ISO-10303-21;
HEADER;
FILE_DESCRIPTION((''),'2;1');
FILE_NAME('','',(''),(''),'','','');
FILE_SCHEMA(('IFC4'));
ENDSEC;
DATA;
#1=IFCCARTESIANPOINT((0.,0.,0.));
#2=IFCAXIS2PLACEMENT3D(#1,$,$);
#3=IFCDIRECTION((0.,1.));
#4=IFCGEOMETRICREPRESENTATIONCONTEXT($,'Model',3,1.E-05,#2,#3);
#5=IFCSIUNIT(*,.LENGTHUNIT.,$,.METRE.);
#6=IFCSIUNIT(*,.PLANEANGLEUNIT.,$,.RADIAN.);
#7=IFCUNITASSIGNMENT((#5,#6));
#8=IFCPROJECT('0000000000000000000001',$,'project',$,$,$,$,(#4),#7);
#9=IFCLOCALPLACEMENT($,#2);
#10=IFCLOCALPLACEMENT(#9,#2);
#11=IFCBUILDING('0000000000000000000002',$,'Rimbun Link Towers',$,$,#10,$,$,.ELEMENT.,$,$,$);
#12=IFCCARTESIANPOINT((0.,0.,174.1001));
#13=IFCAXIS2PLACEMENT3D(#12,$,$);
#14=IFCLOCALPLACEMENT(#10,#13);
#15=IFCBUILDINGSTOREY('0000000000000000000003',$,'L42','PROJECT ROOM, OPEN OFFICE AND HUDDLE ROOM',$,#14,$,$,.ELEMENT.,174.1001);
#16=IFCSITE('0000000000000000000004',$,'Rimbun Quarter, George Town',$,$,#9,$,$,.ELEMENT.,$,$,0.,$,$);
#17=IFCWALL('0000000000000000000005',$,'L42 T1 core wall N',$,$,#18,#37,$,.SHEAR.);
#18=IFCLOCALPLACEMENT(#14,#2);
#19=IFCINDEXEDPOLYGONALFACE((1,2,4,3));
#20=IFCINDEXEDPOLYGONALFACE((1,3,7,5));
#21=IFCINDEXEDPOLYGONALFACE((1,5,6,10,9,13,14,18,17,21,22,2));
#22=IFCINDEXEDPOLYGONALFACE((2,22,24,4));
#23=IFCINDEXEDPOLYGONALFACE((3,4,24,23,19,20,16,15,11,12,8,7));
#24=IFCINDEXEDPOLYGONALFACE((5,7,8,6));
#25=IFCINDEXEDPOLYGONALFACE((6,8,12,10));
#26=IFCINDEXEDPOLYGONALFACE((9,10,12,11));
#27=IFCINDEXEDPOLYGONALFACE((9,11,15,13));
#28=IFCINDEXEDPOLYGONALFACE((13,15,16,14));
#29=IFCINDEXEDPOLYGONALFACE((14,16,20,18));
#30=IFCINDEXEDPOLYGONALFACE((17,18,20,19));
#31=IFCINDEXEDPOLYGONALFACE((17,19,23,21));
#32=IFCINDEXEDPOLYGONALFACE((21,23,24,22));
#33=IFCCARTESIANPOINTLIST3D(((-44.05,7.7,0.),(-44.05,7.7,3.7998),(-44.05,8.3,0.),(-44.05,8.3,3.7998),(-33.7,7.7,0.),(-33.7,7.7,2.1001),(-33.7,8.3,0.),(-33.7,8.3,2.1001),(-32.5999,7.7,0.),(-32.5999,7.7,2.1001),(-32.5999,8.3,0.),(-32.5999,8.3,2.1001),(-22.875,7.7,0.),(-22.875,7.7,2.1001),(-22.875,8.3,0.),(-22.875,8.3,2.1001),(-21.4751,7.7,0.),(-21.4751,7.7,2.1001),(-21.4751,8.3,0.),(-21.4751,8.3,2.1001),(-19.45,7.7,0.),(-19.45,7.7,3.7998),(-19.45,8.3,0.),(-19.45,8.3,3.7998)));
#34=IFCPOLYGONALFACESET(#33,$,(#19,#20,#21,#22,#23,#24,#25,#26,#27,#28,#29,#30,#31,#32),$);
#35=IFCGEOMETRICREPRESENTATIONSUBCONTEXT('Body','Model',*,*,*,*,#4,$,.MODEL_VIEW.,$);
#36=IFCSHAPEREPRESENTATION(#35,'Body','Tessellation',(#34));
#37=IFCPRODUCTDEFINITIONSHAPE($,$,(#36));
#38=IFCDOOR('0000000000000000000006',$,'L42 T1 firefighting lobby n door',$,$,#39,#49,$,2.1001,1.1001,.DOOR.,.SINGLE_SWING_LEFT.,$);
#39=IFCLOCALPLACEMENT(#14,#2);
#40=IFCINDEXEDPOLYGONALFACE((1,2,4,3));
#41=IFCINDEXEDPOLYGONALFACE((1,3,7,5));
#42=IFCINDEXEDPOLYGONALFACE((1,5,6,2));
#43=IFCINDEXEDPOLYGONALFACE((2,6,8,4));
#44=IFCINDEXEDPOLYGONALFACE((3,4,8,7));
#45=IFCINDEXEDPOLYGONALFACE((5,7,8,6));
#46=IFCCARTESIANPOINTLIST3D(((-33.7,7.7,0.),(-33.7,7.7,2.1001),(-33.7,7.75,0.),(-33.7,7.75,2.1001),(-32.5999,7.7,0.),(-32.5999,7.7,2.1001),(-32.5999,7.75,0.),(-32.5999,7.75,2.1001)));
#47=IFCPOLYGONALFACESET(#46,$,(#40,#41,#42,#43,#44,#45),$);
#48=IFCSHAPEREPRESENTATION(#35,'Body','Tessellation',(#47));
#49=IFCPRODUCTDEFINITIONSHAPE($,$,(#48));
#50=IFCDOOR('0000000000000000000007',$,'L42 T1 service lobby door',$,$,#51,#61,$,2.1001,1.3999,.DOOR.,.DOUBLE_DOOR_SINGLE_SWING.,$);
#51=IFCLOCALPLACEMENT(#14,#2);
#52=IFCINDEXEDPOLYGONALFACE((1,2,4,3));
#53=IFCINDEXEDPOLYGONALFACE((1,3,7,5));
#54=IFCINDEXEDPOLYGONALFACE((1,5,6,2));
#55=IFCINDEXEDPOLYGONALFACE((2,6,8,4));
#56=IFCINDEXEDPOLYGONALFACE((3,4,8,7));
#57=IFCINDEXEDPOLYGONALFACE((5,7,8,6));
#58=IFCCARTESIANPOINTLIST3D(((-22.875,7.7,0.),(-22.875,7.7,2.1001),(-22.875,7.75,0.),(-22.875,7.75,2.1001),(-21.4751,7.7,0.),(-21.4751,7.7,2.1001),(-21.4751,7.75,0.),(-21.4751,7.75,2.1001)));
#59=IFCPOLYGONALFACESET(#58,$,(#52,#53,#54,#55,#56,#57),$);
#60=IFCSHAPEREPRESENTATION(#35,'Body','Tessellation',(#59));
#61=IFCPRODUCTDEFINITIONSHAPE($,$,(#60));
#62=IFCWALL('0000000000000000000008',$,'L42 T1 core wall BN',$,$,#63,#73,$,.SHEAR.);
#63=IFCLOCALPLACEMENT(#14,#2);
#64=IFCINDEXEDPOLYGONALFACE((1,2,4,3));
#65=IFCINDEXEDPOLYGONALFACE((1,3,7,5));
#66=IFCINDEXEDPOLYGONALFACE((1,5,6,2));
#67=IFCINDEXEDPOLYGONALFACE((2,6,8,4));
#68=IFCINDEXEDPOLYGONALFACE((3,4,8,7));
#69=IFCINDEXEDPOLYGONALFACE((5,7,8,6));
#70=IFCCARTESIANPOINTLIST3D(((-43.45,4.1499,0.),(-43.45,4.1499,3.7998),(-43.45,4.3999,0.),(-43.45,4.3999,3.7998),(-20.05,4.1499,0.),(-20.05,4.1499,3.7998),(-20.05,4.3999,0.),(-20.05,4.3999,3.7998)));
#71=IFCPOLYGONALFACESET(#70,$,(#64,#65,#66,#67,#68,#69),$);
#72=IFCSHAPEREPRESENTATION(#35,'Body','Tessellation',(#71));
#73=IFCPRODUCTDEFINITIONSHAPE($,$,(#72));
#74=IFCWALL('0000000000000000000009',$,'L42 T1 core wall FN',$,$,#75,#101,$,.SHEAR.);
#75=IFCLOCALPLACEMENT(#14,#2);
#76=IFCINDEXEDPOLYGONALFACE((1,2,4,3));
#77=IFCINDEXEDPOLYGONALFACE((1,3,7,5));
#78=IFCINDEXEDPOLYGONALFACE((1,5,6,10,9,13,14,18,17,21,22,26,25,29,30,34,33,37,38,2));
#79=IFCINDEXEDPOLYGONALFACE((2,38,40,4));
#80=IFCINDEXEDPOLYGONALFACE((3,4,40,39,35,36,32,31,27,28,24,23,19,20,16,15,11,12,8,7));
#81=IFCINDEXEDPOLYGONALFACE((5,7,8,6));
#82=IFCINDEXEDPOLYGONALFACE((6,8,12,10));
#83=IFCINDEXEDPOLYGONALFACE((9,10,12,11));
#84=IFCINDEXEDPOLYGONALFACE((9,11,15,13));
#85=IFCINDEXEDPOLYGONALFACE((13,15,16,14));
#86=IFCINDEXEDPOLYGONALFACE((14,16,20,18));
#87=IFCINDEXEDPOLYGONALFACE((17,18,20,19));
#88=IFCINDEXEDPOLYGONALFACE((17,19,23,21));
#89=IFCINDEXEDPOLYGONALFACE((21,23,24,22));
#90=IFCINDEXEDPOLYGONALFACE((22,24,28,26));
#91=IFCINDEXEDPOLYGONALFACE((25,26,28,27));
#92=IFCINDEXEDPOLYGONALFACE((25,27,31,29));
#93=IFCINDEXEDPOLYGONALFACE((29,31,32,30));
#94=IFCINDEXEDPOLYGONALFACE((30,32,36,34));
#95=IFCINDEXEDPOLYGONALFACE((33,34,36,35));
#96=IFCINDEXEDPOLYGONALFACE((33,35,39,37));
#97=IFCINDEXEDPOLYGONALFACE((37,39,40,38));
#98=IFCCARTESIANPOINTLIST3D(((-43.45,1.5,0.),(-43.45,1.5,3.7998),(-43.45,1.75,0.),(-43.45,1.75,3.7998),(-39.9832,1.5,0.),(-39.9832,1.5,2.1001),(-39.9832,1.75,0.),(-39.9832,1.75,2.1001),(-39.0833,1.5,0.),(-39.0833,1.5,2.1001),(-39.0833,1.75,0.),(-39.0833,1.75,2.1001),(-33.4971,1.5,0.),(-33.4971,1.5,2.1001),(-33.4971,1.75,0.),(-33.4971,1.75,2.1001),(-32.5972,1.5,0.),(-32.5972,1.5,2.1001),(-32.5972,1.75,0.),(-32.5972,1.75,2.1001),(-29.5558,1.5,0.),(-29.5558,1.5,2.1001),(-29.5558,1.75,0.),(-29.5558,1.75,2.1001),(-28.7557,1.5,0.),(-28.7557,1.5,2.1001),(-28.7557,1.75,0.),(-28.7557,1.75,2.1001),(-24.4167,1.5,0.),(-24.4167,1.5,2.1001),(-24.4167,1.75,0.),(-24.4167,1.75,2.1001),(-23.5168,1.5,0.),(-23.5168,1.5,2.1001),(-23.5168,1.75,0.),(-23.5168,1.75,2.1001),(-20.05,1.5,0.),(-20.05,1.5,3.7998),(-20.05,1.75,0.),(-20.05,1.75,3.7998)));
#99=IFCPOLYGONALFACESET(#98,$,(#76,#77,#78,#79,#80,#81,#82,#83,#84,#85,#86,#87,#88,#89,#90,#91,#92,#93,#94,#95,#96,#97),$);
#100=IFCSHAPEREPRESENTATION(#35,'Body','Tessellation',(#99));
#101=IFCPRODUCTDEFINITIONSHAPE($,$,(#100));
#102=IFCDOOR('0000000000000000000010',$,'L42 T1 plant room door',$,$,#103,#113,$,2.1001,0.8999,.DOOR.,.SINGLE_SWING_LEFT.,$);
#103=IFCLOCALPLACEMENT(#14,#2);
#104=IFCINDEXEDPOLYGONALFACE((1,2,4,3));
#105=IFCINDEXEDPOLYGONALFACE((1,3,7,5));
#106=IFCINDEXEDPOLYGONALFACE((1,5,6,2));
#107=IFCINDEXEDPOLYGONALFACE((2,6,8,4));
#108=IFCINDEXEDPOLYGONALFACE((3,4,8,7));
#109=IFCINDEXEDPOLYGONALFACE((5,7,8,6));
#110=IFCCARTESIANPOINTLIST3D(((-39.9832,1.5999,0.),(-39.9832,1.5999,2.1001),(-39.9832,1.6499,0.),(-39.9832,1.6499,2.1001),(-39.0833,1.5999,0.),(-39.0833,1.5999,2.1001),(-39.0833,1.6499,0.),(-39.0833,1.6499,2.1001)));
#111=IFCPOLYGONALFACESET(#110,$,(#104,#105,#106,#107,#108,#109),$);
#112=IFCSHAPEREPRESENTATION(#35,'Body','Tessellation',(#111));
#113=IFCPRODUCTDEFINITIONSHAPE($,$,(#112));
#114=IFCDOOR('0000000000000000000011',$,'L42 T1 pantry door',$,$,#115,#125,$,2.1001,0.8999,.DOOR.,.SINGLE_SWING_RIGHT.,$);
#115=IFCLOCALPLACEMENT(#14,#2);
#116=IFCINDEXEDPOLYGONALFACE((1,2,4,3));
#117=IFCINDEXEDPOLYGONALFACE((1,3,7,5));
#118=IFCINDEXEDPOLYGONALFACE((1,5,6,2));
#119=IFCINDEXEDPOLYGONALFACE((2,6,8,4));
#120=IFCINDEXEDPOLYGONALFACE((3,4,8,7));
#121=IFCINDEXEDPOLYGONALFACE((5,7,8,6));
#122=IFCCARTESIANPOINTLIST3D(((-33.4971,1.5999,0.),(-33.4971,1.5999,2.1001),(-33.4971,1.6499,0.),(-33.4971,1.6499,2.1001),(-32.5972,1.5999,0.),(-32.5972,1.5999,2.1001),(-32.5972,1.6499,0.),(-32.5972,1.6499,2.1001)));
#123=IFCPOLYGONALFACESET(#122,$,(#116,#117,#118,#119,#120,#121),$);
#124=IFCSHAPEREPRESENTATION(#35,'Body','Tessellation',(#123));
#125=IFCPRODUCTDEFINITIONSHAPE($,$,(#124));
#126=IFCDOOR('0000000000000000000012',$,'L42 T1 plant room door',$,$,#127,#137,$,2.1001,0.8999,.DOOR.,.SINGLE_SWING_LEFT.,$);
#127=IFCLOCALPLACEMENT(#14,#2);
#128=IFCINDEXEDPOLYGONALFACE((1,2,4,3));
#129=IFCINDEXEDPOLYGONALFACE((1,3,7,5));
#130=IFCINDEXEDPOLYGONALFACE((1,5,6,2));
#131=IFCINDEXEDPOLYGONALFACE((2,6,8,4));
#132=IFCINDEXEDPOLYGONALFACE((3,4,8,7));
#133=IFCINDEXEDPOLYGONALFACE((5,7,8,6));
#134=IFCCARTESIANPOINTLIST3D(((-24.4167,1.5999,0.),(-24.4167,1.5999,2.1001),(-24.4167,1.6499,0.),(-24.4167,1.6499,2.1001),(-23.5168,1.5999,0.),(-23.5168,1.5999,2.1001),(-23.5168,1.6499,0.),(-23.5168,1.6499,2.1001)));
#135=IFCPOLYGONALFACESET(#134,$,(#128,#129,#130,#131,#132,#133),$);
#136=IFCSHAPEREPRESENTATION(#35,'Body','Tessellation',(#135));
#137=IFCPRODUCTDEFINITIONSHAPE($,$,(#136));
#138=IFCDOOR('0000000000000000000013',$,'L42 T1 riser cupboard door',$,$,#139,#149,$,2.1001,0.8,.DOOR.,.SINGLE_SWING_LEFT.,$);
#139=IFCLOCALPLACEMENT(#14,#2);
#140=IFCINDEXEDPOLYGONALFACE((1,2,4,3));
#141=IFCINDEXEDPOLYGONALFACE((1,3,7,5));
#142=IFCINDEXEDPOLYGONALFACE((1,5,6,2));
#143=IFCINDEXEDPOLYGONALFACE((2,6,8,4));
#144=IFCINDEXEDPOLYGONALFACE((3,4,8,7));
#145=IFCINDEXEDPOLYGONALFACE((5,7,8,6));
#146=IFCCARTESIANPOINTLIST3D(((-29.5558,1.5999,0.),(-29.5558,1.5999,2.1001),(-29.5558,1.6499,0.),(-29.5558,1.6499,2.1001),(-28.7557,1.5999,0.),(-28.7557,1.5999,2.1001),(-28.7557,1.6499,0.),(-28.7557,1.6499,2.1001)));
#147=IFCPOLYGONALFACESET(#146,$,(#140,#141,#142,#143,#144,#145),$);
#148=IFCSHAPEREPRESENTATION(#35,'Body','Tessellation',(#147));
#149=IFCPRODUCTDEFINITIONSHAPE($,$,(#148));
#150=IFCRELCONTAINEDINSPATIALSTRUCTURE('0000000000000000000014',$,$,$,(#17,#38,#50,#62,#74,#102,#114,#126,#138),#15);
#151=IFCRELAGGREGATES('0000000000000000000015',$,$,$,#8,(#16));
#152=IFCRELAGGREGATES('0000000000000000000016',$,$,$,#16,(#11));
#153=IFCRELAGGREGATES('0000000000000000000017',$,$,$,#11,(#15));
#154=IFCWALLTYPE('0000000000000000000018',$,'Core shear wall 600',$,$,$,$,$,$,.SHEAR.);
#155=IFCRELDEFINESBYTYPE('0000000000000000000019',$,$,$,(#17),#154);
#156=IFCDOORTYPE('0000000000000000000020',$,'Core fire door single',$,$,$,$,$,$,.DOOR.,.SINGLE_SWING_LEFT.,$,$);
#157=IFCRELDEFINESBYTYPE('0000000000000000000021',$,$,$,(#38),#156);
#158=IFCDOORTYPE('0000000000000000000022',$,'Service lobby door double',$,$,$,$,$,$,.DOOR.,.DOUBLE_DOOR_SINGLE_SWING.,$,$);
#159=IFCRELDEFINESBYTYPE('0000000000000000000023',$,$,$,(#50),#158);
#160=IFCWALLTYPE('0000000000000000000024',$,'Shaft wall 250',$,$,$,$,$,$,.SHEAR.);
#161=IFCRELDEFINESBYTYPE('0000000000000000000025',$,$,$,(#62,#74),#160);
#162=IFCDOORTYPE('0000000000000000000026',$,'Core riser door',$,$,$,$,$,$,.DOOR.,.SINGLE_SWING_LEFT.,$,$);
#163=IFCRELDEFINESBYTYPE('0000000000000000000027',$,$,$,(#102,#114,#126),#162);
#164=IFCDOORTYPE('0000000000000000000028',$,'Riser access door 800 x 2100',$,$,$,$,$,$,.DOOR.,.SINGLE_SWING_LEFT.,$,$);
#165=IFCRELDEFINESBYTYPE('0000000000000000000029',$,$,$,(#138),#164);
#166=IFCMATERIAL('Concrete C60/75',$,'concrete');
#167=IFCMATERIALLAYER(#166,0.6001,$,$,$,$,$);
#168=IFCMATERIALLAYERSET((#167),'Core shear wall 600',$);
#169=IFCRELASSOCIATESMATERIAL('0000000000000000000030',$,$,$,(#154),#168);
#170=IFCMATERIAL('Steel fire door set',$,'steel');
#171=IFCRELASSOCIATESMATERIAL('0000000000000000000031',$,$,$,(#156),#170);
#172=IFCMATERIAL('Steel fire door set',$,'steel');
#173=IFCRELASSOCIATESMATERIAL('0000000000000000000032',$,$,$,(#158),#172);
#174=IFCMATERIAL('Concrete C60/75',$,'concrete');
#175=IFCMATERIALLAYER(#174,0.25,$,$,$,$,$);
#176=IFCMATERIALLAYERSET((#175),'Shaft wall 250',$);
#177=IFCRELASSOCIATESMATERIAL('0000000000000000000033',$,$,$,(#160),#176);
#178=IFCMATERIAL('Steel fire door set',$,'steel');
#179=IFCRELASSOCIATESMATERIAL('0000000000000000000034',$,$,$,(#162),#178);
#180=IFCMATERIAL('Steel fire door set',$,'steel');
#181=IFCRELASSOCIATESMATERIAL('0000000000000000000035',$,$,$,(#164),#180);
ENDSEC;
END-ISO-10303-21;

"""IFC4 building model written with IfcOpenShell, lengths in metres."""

from ifc_helpers import new_model, si_unit, direction, frame, frame_2d, origin, place, context, subcontext, project, spatial, rectangle, extrude, material, layer, layer_set, type_object, element, fill, save


model = new_model("IFC4")

# Units and contexts
model_context = context("Model", 3, precision=1e-05, world=origin(), true_north=direction((0.0, 1.0)))
body_context = subcontext(model_context, "Body", "Model", "MODEL_VIEW")
ifc_project = project(units=[si_unit("LENGTHUNIT", "METRE"), si_unit("PLANEANGLEUNIT", "RADIAN")], contexts=[model_context])

# Site, building, storey
site_placement = place(None, origin())
site = spatial("IfcSite", under=ifc_project, at=site_placement, Name="Rimbun Quarter, George Town", CompositionType="ELEMENT", RefElevation=0.0)
building_placement = place(site_placement, origin())
building = spatial("IfcBuilding", under=site, at=building_placement, Name="Rimbun Link Towers", CompositionType="ELEMENT")
storey_placement = place(building_placement, frame((0.0, 0.0, 174.1001)))
storey = spatial("IfcBuildingStorey", under=building, at=storey_placement, Name="L42", Description="PROJECT ROOM, OPEN OFFICE AND HUDDLE ROOM", CompositionType="ELEMENT", Elevation=174.1001)

# Wall, openings, doors
ifc_material_1 = material(Name="Concrete C60/75", Category="concrete")
ifc_layer_1 = layer(ifc_material_1, 0.6001)
ifc_layer_set_1 = layer_set([ifc_layer_1], Name="Core shear wall 600")
wall_type_1 = type_object("IfcWallType", Name="Core shear wall 600", PredefinedType="SHEAR", material=ifc_layer_set_1)
wall_1_placement = place(storey_placement, frame((-44.05, 8.0, 0.0), z_axis=(0.0, 0.0, 1.0), x_axis=(1.0, 0.0, 0.0)))
wall_1 = element("IfcWall", 1, at=wall_1_placement, inside=storey, type_object=wall_type_1, Name="L42 T1 core wall N", PredefinedType="SHEAR", context=body_context, shape_type="SweptSolid", body=[
    extrude(rectangle(XDim=24.6001, YDim=0.6001, at=frame_2d((12.3, 0.0))), origin(), (0.0, 0.0, 1.0), 3.7998),
])
opening_1_placement = place(wall_1_placement, frame((10.3501, 0.0, 0.0)))
opening_1 = element("IfcOpeningElement", 2, at=opening_1_placement, cuts=wall_1, PredefinedType="OPENING", context=body_context, shape_type="SweptSolid", body=[
    extrude(rectangle(XDim=1.1001, YDim=2.1001, at=frame_2d((0.55, 1.05))), frame((0.0, 0.3101, 0.0), z_axis=(0.0, -1.0, 0.0), x_axis=(1.0, 0.0, 0.0)), (0.0, 0.0, 1.0), 0.6201),
])
opening_2_placement = place(wall_1_placement, frame((21.175, 0.0, 0.0)))
opening_2 = element("IfcOpeningElement", 3, at=opening_2_placement, cuts=wall_1, PredefinedType="OPENING", context=body_context, shape_type="SweptSolid", body=[
    extrude(rectangle(XDim=1.3999, YDim=2.1001, at=frame_2d((0.7, 1.05))), frame((0.0, 0.3101, 0.0), z_axis=(0.0, -1.0, 0.0), x_axis=(1.0, 0.0, 0.0)), (0.0, 0.0, 1.0), 0.6201),
])
ifc_material_2 = material(Name="Steel fire door set", Category="steel")
door_type_1 = type_object("IfcDoorType", Name="Core fire door single", OperationType="SINGLE_SWING_LEFT", PredefinedType="DOOR", material=ifc_material_2)
door_1_placement = place(opening_1_placement, origin())
door_1 = element("IfcDoor", 4, at=door_1_placement, inside=storey, type_object=door_type_1, Name="L42 T1 firefighting lobby n door", OperationType="SINGLE_SWING_LEFT", OverallHeight=2.1001, OverallWidth=1.1001, PredefinedType="DOOR", context=body_context, shape_type="SweptSolid", body=[
    extrude(rectangle(XDim=1.1001, YDim=2.1001, at=frame_2d((0.55, 1.05))), frame((0.0, -0.25, 0.0), z_axis=(0.0, -1.0, 0.0), x_axis=(1.0, 0.0, 0.0)), (0.0, 0.0, 1.0), 0.05),
])
fill(opening_1, door_1)
ifc_material_3 = material(Name="Steel fire door set", Category="steel")
door_type_2 = type_object("IfcDoorType", Name="Service lobby door double", OperationType="DOUBLE_DOOR_SINGLE_SWING", PredefinedType="DOOR", material=ifc_material_3)
door_2_placement = place(opening_2_placement, origin())
door_2 = element("IfcDoor", 5, at=door_2_placement, inside=storey, type_object=door_type_2, Name="L42 T1 service lobby door", OperationType="DOUBLE_DOOR_SINGLE_SWING", OverallHeight=2.1001, OverallWidth=1.3999, PredefinedType="DOOR", context=body_context, shape_type="SweptSolid", body=[
    extrude(rectangle(XDim=1.3999, YDim=2.1001, at=frame_2d((0.7, 1.05))), frame((0.0, -0.25, 0.0), z_axis=(0.0, -1.0, 0.0), x_axis=(1.0, 0.0, 0.0)), (0.0, 0.0, 1.0), 0.05),
])
fill(opening_2, door_2)

# Wall
ifc_material_4 = material(Name="Concrete C60/75", Category="concrete")
ifc_layer_2 = layer(ifc_material_4, 0.25)
ifc_layer_set_2 = layer_set([ifc_layer_2], Name="Shaft wall 250")
wall_type_2 = type_object("IfcWallType", Name="Shaft wall 250", PredefinedType="SHEAR", material=ifc_layer_set_2)
wall_2_placement = place(storey_placement, frame((-43.45, 4.2749, 0.0), z_axis=(0.0, 0.0, 1.0), x_axis=(1.0, 0.0, 0.0)))
element("IfcWall", 6, at=wall_2_placement, inside=storey, type_object=wall_type_2, Name="L42 T1 core wall BN", PredefinedType="SHEAR", context=body_context, shape_type="SweptSolid", body=[
    extrude(rectangle(XDim=23.3999, YDim=0.25, at=frame_2d((11.7, 0.0))), origin(), (0.0, 0.0, 1.0), 3.7998),
])

# Wall, openings, doors
wall_3_placement = place(storey_placement, frame((-43.45, 1.625, 0.0), z_axis=(0.0, 0.0, 1.0), x_axis=(1.0, 0.0, 0.0)))
wall_3 = element("IfcWall", 7, at=wall_3_placement, inside=storey, type_object=wall_type_2, Name="L42 T1 core wall FN", PredefinedType="SHEAR", context=body_context, shape_type="SweptSolid", body=[
    extrude(rectangle(XDim=23.3999, YDim=0.25, at=frame_2d((11.7, 0.0))), origin(), (0.0, 0.0, 1.0), 3.7998),
])
opening_3_placement = place(wall_3_placement, frame((3.4668, 0.0, 0.0)))
opening_3 = element("IfcOpeningElement", 8, at=opening_3_placement, cuts=wall_3, PredefinedType="OPENING", context=body_context, shape_type="SweptSolid", body=[
    extrude(rectangle(XDim=0.8999, YDim=2.1001, at=frame_2d((0.45, 1.05))), frame((0.0, 0.135, 0.0), z_axis=(0.0, -1.0, 0.0), x_axis=(1.0, 0.0, 0.0)), (0.0, 0.0, 1.0), 0.27),
])
opening_4_placement = place(wall_3_placement, frame((9.9529, 0.0, 0.0)))
opening_4 = element("IfcOpeningElement", 9, at=opening_4_placement, cuts=wall_3, PredefinedType="OPENING", context=body_context, shape_type="SweptSolid", body=[
    extrude(rectangle(XDim=0.8999, YDim=2.1001, at=frame_2d((0.45, 1.05))), frame((0.0, 0.135, 0.0), z_axis=(0.0, -1.0, 0.0), x_axis=(1.0, 0.0, 0.0)), (0.0, 0.0, 1.0), 0.27),
])
opening_5_placement = place(wall_3_placement, frame((13.8943, 0.0, 0.0)))
opening_5 = element("IfcOpeningElement", 10, at=opening_5_placement, cuts=wall_3, PredefinedType="OPENING", context=body_context, shape_type="SweptSolid", body=[
    extrude(rectangle(XDim=0.8, YDim=2.1001, at=frame_2d((0.3999, 1.05))), frame((0.0, 0.135, 0.0), z_axis=(0.0, -1.0, 0.0), x_axis=(1.0, 0.0, 0.0)), (0.0, 0.0, 1.0), 0.27),
])
opening_6_placement = place(wall_3_placement, frame((19.0332, 0.0, 0.0)))
opening_6 = element("IfcOpeningElement", 11, at=opening_6_placement, cuts=wall_3, PredefinedType="OPENING", context=body_context, shape_type="SweptSolid", body=[
    extrude(rectangle(XDim=0.8999, YDim=2.1001, at=frame_2d((0.45, 1.05))), frame((0.0, 0.135, 0.0), z_axis=(0.0, -1.0, 0.0), x_axis=(1.0, 0.0, 0.0)), (0.0, 0.0, 1.0), 0.27),
])
ifc_material_5 = material(Name="Steel fire door set", Category="steel")
door_type_3 = type_object("IfcDoorType", Name="Core riser door", OperationType="SINGLE_SWING_LEFT", PredefinedType="DOOR", material=ifc_material_5)
door_3_placement = place(opening_3_placement, origin())
door_3 = element("IfcDoor", 12, at=door_3_placement, inside=storey, type_object=door_type_3, Name="L42 T1 plant room door", OperationType="SINGLE_SWING_LEFT", OverallHeight=2.1001, OverallWidth=0.8999, PredefinedType="DOOR", context=body_context, shape_type="SweptSolid", body=[
    extrude(rectangle(XDim=0.8999, YDim=2.1001, at=frame_2d((0.45, 1.05))), frame((0.0, 0.0249, 0.0), z_axis=(0.0, -1.0, 0.0), x_axis=(1.0, 0.0, 0.0)), (0.0, 0.0, 1.0), 0.05),
])
fill(opening_3, door_3)
door_4_placement = place(opening_4_placement, origin())
door_4 = element("IfcDoor", 13, at=door_4_placement, inside=storey, type_object=door_type_3, Name="L42 T1 pantry door", OperationType="SINGLE_SWING_RIGHT", OverallHeight=2.1001, OverallWidth=0.8999, PredefinedType="DOOR", context=body_context, shape_type="SweptSolid", body=[
    extrude(rectangle(XDim=0.8999, YDim=2.1001, at=frame_2d((0.45, 1.05))), frame((0.0, 0.0249, 0.0), z_axis=(0.0, -1.0, 0.0), x_axis=(1.0, 0.0, 0.0)), (0.0, 0.0, 1.0), 0.05),
])
fill(opening_4, door_4)
door_5_placement = place(opening_6_placement, origin())
door_5 = element("IfcDoor", 14, at=door_5_placement, inside=storey, type_object=door_type_3, Name="L42 T1 plant room door", OperationType="SINGLE_SWING_LEFT", OverallHeight=2.1001, OverallWidth=0.8999, PredefinedType="DOOR", context=body_context, shape_type="SweptSolid", body=[
    extrude(rectangle(XDim=0.8999, YDim=2.1001, at=frame_2d((0.45, 1.05))), frame((0.0, 0.0249, 0.0), z_axis=(0.0, -1.0, 0.0), x_axis=(1.0, 0.0, 0.0)), (0.0, 0.0, 1.0), 0.05),
])
fill(opening_6, door_5)
ifc_material_6 = material(Name="Steel fire door set", Category="steel")
door_type_4 = type_object("IfcDoorType", Name="Riser access door 800 x 2100", OperationType="SINGLE_SWING_LEFT", PredefinedType="DOOR", material=ifc_material_6)
door_6_placement = place(opening_5_placement, origin())
door_6 = element("IfcDoor", 15, at=door_6_placement, inside=storey, type_object=door_type_4, Name="L42 T1 riser cupboard door", OperationType="SINGLE_SWING_LEFT", OverallHeight=2.1001, OverallWidth=0.8, PredefinedType="DOOR", context=body_context, shape_type="SweptSolid", body=[
    extrude(rectangle(XDim=0.8, YDim=2.1001, at=frame_2d((0.3999, 1.05))), frame((0.0, 0.0249, 0.0), z_axis=(0.0, -1.0, 0.0), x_axis=(1.0, 0.0, 0.0)), (0.0, 0.0, 1.0), 0.05),
])
fill(opening_5, door_6)

save(model, "model.ifc")
